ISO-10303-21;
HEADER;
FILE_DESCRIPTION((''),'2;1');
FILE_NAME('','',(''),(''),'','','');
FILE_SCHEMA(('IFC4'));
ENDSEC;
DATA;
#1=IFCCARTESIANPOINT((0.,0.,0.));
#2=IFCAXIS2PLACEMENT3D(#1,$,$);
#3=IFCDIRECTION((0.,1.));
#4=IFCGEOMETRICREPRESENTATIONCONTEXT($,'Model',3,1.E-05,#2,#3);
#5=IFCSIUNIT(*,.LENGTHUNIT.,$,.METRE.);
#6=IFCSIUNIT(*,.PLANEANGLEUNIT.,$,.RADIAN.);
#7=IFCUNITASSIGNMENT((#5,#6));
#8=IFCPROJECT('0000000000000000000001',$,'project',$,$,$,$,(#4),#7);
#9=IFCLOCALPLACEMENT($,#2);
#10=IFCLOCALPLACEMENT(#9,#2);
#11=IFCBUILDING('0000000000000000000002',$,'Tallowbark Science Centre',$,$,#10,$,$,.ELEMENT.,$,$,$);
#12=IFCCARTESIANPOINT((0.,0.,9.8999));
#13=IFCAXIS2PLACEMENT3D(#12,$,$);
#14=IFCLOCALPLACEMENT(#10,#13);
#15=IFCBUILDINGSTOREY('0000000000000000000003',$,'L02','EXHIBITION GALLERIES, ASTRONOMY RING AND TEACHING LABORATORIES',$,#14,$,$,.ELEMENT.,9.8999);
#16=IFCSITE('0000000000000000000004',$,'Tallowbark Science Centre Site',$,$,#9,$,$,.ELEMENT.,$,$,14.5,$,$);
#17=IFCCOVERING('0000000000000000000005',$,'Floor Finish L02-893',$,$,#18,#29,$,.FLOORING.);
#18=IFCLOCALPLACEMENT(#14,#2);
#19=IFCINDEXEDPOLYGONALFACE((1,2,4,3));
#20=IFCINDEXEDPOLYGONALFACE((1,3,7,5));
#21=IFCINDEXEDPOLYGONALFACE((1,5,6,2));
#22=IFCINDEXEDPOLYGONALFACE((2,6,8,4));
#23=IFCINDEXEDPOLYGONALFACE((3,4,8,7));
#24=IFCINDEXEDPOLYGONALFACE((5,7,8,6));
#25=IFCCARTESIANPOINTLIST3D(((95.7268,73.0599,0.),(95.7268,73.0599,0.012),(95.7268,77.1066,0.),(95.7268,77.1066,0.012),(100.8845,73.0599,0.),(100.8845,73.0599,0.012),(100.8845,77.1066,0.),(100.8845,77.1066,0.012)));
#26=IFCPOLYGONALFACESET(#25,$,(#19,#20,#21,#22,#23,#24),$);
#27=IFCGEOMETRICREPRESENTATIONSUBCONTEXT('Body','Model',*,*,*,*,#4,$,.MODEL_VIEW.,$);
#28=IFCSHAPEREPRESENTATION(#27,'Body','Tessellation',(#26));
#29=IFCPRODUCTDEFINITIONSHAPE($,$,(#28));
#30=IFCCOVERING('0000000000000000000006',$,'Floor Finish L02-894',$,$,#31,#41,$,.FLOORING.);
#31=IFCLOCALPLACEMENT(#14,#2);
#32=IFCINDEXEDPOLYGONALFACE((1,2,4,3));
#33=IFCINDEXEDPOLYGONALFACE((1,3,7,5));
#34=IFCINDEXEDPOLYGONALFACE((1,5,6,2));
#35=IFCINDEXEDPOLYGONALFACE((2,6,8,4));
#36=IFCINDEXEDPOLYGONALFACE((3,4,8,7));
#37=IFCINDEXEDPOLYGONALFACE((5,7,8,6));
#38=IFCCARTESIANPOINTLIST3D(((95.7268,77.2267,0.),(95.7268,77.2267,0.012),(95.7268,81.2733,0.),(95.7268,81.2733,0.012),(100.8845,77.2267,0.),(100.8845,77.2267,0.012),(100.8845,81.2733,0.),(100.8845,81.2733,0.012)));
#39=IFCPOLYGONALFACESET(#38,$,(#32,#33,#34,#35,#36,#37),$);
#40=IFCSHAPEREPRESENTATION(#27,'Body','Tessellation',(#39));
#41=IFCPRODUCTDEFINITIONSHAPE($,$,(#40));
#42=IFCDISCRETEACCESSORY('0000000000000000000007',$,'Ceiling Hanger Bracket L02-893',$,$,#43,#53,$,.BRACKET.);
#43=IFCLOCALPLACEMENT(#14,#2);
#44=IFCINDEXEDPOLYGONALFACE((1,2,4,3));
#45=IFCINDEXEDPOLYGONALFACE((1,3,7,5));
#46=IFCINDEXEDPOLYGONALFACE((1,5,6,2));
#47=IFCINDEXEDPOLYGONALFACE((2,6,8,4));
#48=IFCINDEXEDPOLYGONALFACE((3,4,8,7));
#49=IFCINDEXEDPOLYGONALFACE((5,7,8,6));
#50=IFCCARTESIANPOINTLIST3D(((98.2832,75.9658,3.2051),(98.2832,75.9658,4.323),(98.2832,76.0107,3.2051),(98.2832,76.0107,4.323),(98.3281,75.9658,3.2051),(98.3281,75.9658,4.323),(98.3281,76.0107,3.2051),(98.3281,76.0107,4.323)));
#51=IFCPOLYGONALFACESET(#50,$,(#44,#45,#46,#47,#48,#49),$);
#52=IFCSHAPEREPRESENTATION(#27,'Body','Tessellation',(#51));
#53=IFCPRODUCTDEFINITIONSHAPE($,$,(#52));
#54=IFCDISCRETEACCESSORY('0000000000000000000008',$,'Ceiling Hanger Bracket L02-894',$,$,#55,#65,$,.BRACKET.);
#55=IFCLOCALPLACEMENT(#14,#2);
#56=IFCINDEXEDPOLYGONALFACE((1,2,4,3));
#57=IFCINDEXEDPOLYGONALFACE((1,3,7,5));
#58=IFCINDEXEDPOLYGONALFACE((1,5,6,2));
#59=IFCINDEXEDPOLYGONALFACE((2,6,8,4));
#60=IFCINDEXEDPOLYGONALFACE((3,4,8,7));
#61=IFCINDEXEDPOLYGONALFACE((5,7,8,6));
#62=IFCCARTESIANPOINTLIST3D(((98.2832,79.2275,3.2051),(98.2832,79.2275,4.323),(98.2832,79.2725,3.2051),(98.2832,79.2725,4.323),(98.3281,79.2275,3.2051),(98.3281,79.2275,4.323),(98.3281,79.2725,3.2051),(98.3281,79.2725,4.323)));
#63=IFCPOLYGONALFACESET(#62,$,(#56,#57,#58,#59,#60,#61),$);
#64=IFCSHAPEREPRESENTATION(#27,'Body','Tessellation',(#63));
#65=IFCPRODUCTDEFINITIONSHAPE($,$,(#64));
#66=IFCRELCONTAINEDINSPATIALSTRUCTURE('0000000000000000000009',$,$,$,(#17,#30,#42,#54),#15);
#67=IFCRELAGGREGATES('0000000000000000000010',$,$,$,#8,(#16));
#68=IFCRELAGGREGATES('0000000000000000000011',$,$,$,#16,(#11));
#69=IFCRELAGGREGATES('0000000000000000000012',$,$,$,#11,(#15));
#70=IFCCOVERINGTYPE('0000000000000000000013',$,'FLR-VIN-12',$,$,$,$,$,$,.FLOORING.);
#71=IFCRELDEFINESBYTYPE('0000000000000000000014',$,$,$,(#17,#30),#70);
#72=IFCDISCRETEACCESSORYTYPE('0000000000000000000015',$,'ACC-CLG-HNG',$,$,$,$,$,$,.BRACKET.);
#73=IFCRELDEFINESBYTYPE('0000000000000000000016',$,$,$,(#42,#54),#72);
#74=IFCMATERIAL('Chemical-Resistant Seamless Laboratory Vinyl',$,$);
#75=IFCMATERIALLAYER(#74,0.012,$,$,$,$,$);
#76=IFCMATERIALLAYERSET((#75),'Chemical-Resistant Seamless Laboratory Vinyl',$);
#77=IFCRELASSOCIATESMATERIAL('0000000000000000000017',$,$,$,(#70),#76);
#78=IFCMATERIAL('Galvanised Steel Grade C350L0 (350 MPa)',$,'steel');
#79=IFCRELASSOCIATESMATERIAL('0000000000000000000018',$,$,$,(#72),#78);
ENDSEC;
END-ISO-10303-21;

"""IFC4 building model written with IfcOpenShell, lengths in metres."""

from ifc_helpers import new_model, si_unit, direction, frame, origin, origin_2d, place, context, subcontext, project, spatial, rectangle, extrude, material, layer, layer_set, type_object, element, save


model = new_model("IFC4")

# Units and contexts
model_context = context("Model", 3, precision=1e-05, world=origin(), true_north=direction((0.0, 1.0)))
body_context = subcontext(model_context, "Body", "Model", "MODEL_VIEW")
ifc_project = project(units=[si_unit("LENGTHUNIT", "METRE"), si_unit("PLANEANGLEUNIT", "RADIAN")], contexts=[model_context])

# Site, building, storey
site_placement = place(None, origin())
site = spatial("IfcSite", under=ifc_project, at=site_placement, Name="Tallowbark Science Centre Site", CompositionType="ELEMENT", RefElevation=14.5)
building_placement = place(site_placement, origin())
building = spatial("IfcBuilding", under=site, at=building_placement, Name="Tallowbark Science Centre", CompositionType="ELEMENT")
storey_placement = place(building_placement, frame((0.0, 0.0, 9.8999)))
storey = spatial("IfcBuildingStorey", under=building, at=storey_placement, Name="L02", Description="EXHIBITION GALLERIES, ASTRONOMY RING AND TEACHING LABORATORIES", CompositionType="ELEMENT", Elevation=9.8999)

# Coverings
ifc_material_1 = material(Name="Chemical-Resistant Seamless Laboratory Vinyl")
ifc_layer_1 = layer(ifc_material_1, 0.012)
ifc_layer_set_1 = layer_set([ifc_layer_1], Name="Chemical-Resistant Seamless Laboratory Vinyl")
covering_type_1 = type_object("IfcCoveringType", Name="FLR-VIN-12", PredefinedType="FLOORING", material=ifc_layer_set_1)
for number, where, z_axis, x_axis, name in (
    (1, (98.3057, 75.0833, 0.0), (0.0, 0.0, 1.0), (1.0, 0.0, 0.0), "Floor Finish L02-893"),
    (2, (98.3057, 79.25, 0.0), (0.0, 0.0, 1.0), (1.0, 0.0, 0.0), "Floor Finish L02-894"),
):
    element("IfcCovering", number, at=place(storey_placement, frame(where, z_axis=z_axis, x_axis=x_axis)), inside=storey, type_object=covering_type_1, Name=name, PredefinedType="FLOORING", context=body_context, shape_type="SweptSolid", body=[
        extrude(rectangle(XDim=5.1577, YDim=4.0466, at=origin_2d()), origin(), (0.0, 0.0, 1.0), 0.012),
    ])

# Discrete accessories
ifc_material_2 = material(Name="Galvanised Steel Grade C350L0 (350 MPa)", Category="steel")
discrete_accessory_type = type_object("IfcDiscreteAccessoryType", Name="ACC-CLG-HNG", PredefinedType="BRACKET", material=ifc_material_2)
for number, where, z_axis, x_axis, name in (
    (3, (98.3057, 75.9883, 3.2051), (0.0, 0.0, 1.0), (1.0, 0.0, 0.0), "Ceiling Hanger Bracket L02-893"),
    (4, (98.3057, 79.25, 3.2051), (0.0, 0.0, 1.0), (1.0, 0.0, 0.0), "Ceiling Hanger Bracket L02-894"),
):
    element("IfcDiscreteAccessory", number, at=place(storey_placement, frame(where, z_axis=z_axis, x_axis=x_axis)), inside=storey, type_object=discrete_accessory_type, Name=name, PredefinedType="BRACKET", context=body_context, shape_type="SweptSolid", body=[
        extrude(rectangle(XDim=0.0449, YDim=0.0449, at=origin_2d()), origin(), (0.0, 0.0, 1.0), 1.1179),
    ])

save(model, "model.ifc")
